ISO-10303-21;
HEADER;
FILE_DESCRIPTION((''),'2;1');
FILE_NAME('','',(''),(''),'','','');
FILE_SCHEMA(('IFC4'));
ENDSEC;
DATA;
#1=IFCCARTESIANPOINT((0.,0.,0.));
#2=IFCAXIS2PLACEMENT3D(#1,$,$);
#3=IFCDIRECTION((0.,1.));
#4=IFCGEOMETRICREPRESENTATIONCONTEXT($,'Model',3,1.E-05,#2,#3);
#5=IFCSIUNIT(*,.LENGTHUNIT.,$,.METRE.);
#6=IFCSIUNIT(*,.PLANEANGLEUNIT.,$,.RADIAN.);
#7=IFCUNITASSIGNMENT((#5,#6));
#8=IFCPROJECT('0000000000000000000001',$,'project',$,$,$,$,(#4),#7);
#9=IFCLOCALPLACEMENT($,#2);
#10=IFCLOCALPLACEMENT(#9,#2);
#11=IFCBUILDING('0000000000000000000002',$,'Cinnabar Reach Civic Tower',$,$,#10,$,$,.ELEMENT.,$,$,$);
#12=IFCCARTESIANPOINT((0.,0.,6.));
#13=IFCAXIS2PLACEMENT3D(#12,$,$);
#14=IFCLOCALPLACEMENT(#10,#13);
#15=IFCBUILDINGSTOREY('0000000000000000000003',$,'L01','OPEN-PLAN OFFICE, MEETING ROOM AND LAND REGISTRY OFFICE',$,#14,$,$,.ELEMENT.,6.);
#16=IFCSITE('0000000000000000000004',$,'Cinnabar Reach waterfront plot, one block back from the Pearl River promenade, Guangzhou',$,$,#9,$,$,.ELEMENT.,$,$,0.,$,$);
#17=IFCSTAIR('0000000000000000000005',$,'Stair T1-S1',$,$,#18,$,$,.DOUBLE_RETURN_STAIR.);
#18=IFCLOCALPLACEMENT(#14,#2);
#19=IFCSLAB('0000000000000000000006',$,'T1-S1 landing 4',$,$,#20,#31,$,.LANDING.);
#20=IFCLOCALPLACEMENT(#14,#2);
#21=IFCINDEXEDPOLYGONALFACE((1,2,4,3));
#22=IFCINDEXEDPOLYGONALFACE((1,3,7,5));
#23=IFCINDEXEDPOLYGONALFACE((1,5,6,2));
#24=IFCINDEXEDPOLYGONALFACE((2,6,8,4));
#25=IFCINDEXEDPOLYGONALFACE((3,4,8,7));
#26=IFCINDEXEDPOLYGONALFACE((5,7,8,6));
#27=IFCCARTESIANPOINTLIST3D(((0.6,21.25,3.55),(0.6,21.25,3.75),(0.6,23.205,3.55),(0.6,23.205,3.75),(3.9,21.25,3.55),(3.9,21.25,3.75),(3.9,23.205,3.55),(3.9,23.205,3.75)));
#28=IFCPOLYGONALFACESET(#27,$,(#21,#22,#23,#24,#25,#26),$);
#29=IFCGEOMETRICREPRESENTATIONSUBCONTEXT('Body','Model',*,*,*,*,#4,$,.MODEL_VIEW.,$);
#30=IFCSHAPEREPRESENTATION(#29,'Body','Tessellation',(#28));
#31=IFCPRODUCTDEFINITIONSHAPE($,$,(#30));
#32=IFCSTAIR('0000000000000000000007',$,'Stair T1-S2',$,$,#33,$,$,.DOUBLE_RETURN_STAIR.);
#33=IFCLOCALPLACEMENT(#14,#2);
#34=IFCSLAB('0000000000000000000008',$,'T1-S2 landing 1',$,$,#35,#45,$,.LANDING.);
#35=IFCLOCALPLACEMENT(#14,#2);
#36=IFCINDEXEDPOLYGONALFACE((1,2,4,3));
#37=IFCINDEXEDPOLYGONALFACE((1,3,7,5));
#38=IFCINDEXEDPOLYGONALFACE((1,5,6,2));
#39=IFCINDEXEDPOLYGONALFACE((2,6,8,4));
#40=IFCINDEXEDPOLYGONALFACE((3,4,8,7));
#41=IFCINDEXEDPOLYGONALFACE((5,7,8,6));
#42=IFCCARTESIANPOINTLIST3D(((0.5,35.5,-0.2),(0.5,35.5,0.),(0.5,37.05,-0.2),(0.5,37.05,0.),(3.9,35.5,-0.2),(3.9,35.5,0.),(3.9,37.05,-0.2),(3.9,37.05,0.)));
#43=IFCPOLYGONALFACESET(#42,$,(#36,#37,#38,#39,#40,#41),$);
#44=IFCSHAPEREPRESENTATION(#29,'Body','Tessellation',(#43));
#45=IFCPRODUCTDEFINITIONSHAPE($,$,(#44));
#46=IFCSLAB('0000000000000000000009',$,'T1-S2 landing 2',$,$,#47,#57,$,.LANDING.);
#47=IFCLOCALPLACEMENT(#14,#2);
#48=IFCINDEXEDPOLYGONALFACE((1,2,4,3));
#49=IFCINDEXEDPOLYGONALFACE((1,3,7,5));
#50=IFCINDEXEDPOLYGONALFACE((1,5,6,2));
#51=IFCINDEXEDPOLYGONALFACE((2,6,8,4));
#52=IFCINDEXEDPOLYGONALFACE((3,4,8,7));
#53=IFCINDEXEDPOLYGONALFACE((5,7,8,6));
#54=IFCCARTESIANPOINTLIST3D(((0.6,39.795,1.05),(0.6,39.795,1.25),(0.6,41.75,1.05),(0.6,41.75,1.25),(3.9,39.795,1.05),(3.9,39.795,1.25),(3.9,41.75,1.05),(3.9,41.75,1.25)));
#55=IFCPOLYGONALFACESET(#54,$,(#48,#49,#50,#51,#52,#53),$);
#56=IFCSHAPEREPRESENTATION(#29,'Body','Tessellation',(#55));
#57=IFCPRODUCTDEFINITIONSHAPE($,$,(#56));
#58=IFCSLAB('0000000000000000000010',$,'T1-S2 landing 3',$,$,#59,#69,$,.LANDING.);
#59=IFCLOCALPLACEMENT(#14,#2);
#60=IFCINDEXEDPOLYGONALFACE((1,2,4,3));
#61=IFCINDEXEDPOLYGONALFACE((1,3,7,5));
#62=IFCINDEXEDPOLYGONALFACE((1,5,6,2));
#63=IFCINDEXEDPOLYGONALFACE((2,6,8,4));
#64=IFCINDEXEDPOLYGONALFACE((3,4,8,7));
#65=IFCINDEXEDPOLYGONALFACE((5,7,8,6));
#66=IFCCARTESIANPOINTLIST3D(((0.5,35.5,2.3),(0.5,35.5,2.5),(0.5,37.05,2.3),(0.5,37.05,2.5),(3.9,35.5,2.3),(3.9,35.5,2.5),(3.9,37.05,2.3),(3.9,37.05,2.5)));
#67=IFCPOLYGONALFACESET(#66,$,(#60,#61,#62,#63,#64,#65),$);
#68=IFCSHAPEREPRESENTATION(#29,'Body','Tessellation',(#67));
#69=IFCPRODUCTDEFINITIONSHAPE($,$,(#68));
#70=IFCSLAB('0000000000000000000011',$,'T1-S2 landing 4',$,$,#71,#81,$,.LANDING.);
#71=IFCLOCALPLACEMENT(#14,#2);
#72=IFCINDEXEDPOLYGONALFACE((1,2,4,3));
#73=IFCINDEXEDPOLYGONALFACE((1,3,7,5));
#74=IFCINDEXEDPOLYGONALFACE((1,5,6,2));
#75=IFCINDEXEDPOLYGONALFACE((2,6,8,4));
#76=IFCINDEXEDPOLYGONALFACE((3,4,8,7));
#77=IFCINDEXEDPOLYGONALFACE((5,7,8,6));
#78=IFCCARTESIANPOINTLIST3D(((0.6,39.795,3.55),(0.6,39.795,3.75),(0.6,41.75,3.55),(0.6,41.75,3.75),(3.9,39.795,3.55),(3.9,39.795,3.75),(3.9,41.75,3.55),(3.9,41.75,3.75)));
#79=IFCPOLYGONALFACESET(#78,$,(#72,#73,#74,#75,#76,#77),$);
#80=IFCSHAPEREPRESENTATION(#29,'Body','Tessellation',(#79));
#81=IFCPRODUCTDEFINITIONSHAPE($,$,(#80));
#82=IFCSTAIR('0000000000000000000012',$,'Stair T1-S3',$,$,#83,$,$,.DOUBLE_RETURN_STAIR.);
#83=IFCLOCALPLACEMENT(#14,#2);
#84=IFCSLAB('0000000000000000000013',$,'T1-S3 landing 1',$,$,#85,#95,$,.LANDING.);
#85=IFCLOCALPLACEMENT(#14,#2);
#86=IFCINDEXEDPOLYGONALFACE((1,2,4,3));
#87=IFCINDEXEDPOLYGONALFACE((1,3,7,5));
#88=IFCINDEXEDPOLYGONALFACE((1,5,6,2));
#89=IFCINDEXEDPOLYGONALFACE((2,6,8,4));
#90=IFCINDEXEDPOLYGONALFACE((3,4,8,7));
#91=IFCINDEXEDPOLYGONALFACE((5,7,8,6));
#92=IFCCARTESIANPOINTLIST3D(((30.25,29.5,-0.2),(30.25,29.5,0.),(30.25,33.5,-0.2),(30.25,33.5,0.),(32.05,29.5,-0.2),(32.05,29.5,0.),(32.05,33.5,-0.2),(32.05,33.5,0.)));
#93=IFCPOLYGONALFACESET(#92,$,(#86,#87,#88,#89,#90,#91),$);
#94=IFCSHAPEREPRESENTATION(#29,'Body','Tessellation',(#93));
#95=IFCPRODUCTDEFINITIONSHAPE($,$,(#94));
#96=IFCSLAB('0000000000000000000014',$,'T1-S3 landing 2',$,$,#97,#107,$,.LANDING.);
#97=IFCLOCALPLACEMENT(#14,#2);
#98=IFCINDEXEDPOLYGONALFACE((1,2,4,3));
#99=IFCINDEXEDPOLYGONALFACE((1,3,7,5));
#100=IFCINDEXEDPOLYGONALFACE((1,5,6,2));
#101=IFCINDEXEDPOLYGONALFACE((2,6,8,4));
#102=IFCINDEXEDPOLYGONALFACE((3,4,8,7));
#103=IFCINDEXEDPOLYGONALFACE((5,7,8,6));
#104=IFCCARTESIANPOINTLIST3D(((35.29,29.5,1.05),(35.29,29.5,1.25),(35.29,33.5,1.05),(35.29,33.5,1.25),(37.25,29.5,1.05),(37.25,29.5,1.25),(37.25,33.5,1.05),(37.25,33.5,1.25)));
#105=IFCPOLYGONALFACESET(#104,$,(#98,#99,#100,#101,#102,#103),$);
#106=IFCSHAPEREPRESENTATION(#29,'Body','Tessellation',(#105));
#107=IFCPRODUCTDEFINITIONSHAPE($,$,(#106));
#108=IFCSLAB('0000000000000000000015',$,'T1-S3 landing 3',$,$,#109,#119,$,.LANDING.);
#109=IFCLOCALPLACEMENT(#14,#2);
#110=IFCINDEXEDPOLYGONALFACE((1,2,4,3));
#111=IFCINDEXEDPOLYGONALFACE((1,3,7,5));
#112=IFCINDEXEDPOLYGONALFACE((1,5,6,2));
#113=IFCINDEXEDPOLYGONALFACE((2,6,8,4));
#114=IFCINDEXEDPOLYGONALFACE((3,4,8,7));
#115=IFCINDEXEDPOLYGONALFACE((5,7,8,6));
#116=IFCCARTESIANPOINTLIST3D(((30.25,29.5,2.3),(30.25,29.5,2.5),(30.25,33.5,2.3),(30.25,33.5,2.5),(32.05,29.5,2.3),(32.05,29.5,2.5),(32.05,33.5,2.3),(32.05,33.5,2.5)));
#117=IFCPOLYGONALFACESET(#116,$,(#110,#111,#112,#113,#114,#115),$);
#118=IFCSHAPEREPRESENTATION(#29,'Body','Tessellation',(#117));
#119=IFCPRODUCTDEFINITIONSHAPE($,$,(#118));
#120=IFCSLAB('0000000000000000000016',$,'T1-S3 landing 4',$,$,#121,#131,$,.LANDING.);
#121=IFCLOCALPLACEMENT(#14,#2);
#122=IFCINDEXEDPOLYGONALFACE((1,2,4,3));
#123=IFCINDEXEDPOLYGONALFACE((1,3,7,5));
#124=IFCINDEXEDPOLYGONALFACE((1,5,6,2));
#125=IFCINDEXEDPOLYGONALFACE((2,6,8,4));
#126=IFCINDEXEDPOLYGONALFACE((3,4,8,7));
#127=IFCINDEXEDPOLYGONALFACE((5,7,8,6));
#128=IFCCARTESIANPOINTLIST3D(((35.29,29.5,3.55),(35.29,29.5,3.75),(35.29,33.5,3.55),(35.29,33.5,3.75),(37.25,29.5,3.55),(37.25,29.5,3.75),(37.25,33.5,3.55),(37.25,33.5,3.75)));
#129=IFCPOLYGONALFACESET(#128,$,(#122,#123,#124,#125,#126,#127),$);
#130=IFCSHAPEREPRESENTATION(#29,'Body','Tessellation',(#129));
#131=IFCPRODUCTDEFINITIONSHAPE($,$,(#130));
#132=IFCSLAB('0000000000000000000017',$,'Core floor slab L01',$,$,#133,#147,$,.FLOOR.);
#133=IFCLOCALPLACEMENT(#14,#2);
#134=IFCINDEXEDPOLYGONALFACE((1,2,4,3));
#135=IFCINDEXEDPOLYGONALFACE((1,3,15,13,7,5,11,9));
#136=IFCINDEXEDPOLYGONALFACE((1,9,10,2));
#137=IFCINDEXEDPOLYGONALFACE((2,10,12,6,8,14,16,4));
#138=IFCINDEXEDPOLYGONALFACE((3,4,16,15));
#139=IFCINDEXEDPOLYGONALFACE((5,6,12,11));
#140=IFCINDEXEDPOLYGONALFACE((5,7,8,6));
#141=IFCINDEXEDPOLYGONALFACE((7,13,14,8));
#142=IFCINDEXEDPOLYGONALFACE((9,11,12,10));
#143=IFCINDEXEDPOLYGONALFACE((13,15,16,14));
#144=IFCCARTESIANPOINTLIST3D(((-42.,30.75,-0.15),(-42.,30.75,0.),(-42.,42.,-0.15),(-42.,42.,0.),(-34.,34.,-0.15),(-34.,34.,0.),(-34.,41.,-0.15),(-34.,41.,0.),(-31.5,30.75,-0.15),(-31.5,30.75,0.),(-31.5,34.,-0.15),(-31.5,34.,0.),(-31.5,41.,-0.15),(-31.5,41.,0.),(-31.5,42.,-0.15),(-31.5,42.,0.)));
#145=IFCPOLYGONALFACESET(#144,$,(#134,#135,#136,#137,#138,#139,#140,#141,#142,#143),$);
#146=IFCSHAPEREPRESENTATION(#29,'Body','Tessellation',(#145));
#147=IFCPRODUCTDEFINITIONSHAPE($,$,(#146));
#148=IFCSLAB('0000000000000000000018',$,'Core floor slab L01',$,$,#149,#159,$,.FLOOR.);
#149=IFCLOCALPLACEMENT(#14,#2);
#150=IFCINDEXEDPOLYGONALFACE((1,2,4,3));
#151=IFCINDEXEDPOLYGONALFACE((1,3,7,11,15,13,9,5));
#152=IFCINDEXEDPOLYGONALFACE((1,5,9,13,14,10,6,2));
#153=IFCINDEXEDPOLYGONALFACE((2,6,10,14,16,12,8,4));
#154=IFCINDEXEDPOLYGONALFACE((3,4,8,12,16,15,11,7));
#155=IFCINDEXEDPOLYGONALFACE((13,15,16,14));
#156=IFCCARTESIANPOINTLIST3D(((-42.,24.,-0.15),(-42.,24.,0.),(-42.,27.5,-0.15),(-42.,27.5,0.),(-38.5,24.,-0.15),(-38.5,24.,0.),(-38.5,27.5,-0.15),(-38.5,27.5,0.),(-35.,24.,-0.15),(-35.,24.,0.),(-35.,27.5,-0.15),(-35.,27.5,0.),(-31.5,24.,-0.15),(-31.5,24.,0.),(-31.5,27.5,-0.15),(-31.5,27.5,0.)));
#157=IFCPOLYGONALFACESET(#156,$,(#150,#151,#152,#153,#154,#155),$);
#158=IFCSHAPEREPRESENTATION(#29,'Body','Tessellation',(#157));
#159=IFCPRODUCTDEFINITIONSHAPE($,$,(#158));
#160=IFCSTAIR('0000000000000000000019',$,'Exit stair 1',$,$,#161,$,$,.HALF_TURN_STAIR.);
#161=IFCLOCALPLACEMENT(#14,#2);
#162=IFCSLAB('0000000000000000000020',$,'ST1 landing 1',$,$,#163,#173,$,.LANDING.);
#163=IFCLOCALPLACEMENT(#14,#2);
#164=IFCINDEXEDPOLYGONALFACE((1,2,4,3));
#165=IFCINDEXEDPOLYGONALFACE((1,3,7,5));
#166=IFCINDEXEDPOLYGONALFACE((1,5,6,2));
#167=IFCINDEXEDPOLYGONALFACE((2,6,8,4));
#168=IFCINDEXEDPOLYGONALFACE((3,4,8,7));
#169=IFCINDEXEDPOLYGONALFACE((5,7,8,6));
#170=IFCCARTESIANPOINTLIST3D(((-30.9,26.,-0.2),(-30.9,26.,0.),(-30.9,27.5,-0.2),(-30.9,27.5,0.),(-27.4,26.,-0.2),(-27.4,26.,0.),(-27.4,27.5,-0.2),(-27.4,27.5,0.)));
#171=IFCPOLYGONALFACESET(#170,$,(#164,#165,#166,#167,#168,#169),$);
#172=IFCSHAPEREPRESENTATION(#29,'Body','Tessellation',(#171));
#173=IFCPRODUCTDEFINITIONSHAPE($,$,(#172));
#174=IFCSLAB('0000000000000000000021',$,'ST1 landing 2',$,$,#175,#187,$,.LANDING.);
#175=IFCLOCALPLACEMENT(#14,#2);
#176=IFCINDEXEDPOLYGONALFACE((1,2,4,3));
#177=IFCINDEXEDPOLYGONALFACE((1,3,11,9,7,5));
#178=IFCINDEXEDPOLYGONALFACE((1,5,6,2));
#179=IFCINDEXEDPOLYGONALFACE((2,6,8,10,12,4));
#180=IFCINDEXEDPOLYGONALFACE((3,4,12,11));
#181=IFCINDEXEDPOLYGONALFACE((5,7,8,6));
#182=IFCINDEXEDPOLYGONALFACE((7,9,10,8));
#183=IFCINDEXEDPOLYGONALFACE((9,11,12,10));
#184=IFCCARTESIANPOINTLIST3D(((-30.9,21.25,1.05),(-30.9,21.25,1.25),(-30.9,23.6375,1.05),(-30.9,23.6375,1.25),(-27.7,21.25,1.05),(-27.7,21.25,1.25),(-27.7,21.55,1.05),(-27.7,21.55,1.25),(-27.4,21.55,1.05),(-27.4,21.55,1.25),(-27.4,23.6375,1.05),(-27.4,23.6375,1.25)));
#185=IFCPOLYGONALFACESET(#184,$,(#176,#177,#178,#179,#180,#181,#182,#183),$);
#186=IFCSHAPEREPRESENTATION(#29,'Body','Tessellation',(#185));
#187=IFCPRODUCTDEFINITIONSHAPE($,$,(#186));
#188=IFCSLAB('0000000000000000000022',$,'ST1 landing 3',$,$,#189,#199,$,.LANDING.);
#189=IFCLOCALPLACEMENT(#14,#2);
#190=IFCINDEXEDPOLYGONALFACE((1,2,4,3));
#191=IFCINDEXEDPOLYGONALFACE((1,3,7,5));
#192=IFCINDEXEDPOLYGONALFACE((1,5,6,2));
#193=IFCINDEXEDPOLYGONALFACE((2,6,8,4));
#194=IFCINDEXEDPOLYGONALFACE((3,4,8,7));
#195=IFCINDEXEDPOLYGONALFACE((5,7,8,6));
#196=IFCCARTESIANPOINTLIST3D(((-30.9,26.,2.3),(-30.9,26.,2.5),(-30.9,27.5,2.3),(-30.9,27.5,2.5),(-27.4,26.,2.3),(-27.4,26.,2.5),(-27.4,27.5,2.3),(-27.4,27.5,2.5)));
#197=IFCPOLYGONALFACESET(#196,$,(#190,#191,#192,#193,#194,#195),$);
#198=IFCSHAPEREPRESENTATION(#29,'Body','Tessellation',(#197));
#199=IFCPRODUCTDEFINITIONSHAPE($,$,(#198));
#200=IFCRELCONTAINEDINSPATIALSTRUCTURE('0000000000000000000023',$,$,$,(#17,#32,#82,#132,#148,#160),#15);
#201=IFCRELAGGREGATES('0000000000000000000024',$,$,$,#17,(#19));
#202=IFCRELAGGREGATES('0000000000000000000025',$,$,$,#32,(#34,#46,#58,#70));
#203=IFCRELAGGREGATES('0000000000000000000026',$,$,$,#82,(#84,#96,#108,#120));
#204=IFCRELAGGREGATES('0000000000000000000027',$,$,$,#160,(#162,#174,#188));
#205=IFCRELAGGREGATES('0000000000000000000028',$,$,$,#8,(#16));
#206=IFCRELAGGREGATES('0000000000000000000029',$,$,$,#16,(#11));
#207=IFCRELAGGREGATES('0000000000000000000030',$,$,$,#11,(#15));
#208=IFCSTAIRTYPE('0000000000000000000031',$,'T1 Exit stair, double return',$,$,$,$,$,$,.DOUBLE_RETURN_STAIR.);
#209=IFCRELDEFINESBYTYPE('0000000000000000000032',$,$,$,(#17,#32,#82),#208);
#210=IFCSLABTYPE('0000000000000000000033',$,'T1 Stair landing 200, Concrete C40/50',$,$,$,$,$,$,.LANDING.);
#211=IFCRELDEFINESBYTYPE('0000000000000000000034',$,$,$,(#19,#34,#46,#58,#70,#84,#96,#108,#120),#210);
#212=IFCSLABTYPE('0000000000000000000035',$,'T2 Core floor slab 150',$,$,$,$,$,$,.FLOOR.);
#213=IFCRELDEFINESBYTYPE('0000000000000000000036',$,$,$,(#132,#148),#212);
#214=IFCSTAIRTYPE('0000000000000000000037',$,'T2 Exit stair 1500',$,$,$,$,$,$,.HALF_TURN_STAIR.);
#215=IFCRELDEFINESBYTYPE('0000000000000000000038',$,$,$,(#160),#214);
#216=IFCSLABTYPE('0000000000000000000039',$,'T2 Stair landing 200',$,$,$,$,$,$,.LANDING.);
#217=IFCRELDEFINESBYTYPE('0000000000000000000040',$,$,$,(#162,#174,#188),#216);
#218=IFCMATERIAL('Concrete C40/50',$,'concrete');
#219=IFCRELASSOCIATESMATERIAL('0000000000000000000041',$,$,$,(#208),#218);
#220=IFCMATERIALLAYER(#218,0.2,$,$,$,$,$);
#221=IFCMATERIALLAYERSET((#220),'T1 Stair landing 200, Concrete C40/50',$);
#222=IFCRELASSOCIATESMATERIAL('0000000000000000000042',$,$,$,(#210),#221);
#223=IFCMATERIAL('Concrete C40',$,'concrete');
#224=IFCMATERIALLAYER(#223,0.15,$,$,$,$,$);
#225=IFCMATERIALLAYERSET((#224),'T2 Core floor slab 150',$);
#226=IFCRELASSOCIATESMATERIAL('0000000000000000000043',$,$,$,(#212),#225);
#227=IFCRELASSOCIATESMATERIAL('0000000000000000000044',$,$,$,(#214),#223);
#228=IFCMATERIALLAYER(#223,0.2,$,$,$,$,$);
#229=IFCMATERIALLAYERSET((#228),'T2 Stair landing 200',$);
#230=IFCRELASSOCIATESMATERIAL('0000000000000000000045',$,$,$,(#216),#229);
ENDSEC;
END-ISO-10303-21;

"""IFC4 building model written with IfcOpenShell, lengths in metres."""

from ifc_helpers import new_model, si_unit, direction, frame, origin, place, context, subcontext, project, spatial, polyline, outline, extrude, material, layer, layer_set, type_object, element, aggregate, save


model = new_model("IFC4")

# Units and contexts
model_context = context("Model", 3, precision=1e-05, world=origin(), true_north=direction((0.0, 1.0)))
body_context = subcontext(model_context, "Body", "Model", "MODEL_VIEW")
ifc_project = project(units=[si_unit("LENGTHUNIT", "METRE"), si_unit("PLANEANGLEUNIT", "RADIAN")], contexts=[model_context])

# Site, building, storey
site_placement = place(None, origin())
site = spatial("IfcSite", under=ifc_project, at=site_placement, Name="Cinnabar Reach waterfront plot, one block back from the Pearl River promenade, Guangzhou", CompositionType="ELEMENT", RefElevation=0.0)
building_placement = place(site_placement, origin())
building = spatial("IfcBuilding", under=site, at=building_placement, Name="Cinnabar Reach Civic Tower", CompositionType="ELEMENT")
storey_placement = place(building_placement, frame((0.0, 0.0, 6.0)))
storey = spatial("IfcBuildingStorey", under=building, at=storey_placement, Name="L01", Description="OPEN-PLAN OFFICE, MEETING ROOM AND LAND REGISTRY OFFICE", CompositionType="ELEMENT", Elevation=6.0)

# Stair, slab
ifc_material_1 = material(Name="Concrete C40/50", Category="concrete")
stair_type_1 = type_object("IfcStairType", Name="T1 Exit stair, double return", PredefinedType="DOUBLE_RETURN_STAIR", material=ifc_material_1)
stair_1_placement = place(storey_placement, origin())
stair_1 = element("IfcStair", 1, at=stair_1_placement, inside=storey, type_object=stair_type_1, Name="Stair T1-S1", PredefinedType="DOUBLE_RETURN_STAIR")
ifc_layer_1 = layer(ifc_material_1, 0.2)
ifc_layer_set_1 = layer_set([ifc_layer_1], Name="T1 Stair landing 200, Concrete C40/50")
slab_type_1 = type_object("IfcSlabType", Name="T1 Stair landing 200, Concrete C40/50", PredefinedType="LANDING", material=ifc_layer_set_1)
slab_1_placement = place(storey_placement, frame((0.0, 0.0, 3.55)))
slab_1 = element("IfcSlab", 2, at=slab_1_placement, type_object=slab_type_1, Name="T1-S1 landing 4", PredefinedType="LANDING", context=body_context, shape_type="SweptSolid", body=[
    extrude(outline(polyline([(3.9, 21.25), (3.9, 23.205), (0.6, 23.205), (0.6, 21.25), (3.9, 21.25)])), origin(), (0.0, 0.0, 1.0), 0.2),
])
aggregate(stair_1, [slab_1])

# Stairs, slabs
stair_2_placement = place(storey_placement, origin())
stair_2 = element("IfcStair", 3, at=stair_2_placement, inside=storey, type_object=stair_type_1, Name="Stair T1-S2", PredefinedType="DOUBLE_RETURN_STAIR")
slab_2_placement = place(storey_placement, frame((0.0, 0.0, -0.2)))
slab_2 = element("IfcSlab", 4, at=slab_2_placement, type_object=slab_type_1, Name="T1-S2 landing 1", PredefinedType="LANDING", context=body_context, shape_type="SweptSolid", body=[
    extrude(outline(polyline([(3.9, 35.5), (3.9, 37.05), (0.5, 37.05), (0.5, 35.5), (3.9, 35.5)])), origin(), (0.0, 0.0, 1.0), 0.2),
])
slab_3_placement = place(storey_placement, frame((0.0, 0.0, 1.05)))
slab_3 = element("IfcSlab", 5, at=slab_3_placement, type_object=slab_type_1, Name="T1-S2 landing 2", PredefinedType="LANDING", context=body_context, shape_type="SweptSolid", body=[
    extrude(outline(polyline([(3.9, 39.795), (3.9, 41.75), (0.6, 41.75), (0.6, 39.795), (3.9, 39.795)])), origin(), (0.0, 0.0, 1.0), 0.2),
])
slab_4_placement = place(storey_placement, frame((0.0, 0.0, 2.3)))
slab_4 = element("IfcSlab", 6, at=slab_4_placement, type_object=slab_type_1, Name="T1-S2 landing 3", PredefinedType="LANDING", context=body_context, shape_type="SweptSolid", body=[
    extrude(outline(polyline([(3.9, 35.5), (3.9, 37.05), (0.5, 37.05), (0.5, 35.5), (3.9, 35.5)])), origin(), (0.0, 0.0, 1.0), 0.2),
])
slab_5_placement = place(storey_placement, frame((0.0, 0.0, 3.55)))
slab_5 = element("IfcSlab", 7, at=slab_5_placement, type_object=slab_type_1, Name="T1-S2 landing 4", PredefinedType="LANDING", context=body_context, shape_type="SweptSolid", body=[
    extrude(outline(polyline([(3.9, 39.795), (3.9, 41.75), (0.6, 41.75), (0.6, 39.795), (3.9, 39.795)])), origin(), (0.0, 0.0, 1.0), 0.2),
])
aggregate(stair_2, [slab_2, slab_3, slab_4, slab_5])
stair_3_placement = place(storey_placement, origin())
stair_3 = element("IfcStair", 8, at=stair_3_placement, inside=storey, type_object=stair_type_1, Name="Stair T1-S3", PredefinedType="DOUBLE_RETURN_STAIR")
slab_6_placement = place(storey_placement, frame((0.0, 0.0, -0.2)))
slab_6 = element("IfcSlab", 9, at=slab_6_placement, type_object=slab_type_1, Name="T1-S3 landing 1", PredefinedType="LANDING", context=body_context, shape_type="SweptSolid", body=[
    extrude(outline(polyline([(30.25, 29.5), (32.05, 29.5), (32.05, 33.5), (30.25, 33.5), (30.25, 29.5)])), origin(), (0.0, 0.0, 1.0), 0.2),
])
slab_7_placement = place(storey_placement, frame((0.0, 0.0, 1.05)))
slab_7 = element("IfcSlab", 10, at=slab_7_placement, type_object=slab_type_1, Name="T1-S3 landing 2", PredefinedType="LANDING", context=body_context, shape_type="SweptSolid", body=[
    extrude(outline(polyline([(35.29, 29.5), (37.25, 29.5), (37.25, 33.5), (35.29, 33.5), (35.29, 29.5)])), origin(), (0.0, 0.0, 1.0), 0.2),
])
slab_8_placement = place(storey_placement, frame((0.0, 0.0, 2.3)))
slab_8 = element("IfcSlab", 11, at=slab_8_placement, type_object=slab_type_1, Name="T1-S3 landing 3", PredefinedType="LANDING", context=body_context, shape_type="SweptSolid", body=[
    extrude(outline(polyline([(30.25, 29.5), (32.05, 29.5), (32.05, 33.5), (30.25, 33.5), (30.25, 29.5)])), origin(), (0.0, 0.0, 1.0), 0.2),
])
slab_9_placement = place(storey_placement, frame((0.0, 0.0, 3.55)))
slab_9 = element("IfcSlab", 12, at=slab_9_placement, type_object=slab_type_1, Name="T1-S3 landing 4", PredefinedType="LANDING", context=body_context, shape_type="SweptSolid", body=[
    extrude(outline(polyline([(35.29, 29.5), (37.25, 29.5), (37.25, 33.5), (35.29, 33.5), (35.29, 29.5)])), origin(), (0.0, 0.0, 1.0), 0.2),
])
aggregate(stair_3, [slab_6, slab_7, slab_8, slab_9])

# Slabs
ifc_material_2 = material(Name="Concrete C40", Category="concrete")
ifc_layer_2 = layer(ifc_material_2, 0.15)
ifc_layer_set_2 = layer_set([ifc_layer_2], Name="T2 Core floor slab 150")
slab_type_2 = type_object("IfcSlabType", Name="T2 Core floor slab 150", PredefinedType="FLOOR", material=ifc_layer_set_2)
slab_10_placement = place(storey_placement, frame((0.0, 0.0, -0.15)))
element("IfcSlab", 13, at=slab_10_placement, inside=storey, type_object=slab_type_2, Name="Core floor slab L01", PredefinedType="FLOOR", context=body_context, shape_type="SweptSolid", body=[
    extrude(outline(polyline([(-42.0, 42.0), (-31.5, 42.0), (-31.5, 41.0), (-34.0, 41.0), (-34.0, 34.0), (-31.5, 34.0), (-31.5, 30.75), (-42.0, 30.75), (-42.0, 42.0)])), origin(), (0.0, 0.0, 1.0), 0.15),
])
slab_11_placement = place(storey_placement, frame((0.0, 0.0, -0.15)))
element("IfcSlab", 14, at=slab_11_placement, inside=storey, type_object=slab_type_2, Name="Core floor slab L01", PredefinedType="FLOOR", context=body_context, shape_type="SweptSolid", body=[
    extrude(outline(polyline([(-35.0, 24.0), (-38.5, 24.0), (-42.0, 24.0), (-42.0, 27.5), (-38.5, 27.5), (-35.0, 27.5), (-31.5, 27.5), (-31.5, 24.0), (-35.0, 24.0)])), origin(), (0.0, 0.0, 1.0), 0.15),
])

# Stair, slabs
stair_type_2 = type_object("IfcStairType", Name="T2 Exit stair 1500", PredefinedType="HALF_TURN_STAIR", material=ifc_material_2)
stair_4_placement = place(storey_placement, origin())
stair_4 = element("IfcStair", 15, at=stair_4_placement, inside=storey, type_object=stair_type_2, Name="Exit stair 1", PredefinedType="HALF_TURN_STAIR")
ifc_layer_3 = layer(ifc_material_2, 0.2)
ifc_layer_set_3 = layer_set([ifc_layer_3], Name="T2 Stair landing 200")
slab_type_3 = type_object("IfcSlabType", Name="T2 Stair landing 200", PredefinedType="LANDING", material=ifc_layer_set_3)
slab_12_placement = place(storey_placement, frame((0.0, 0.0, -0.2)))
slab_12 = element("IfcSlab", 16, at=slab_12_placement, type_object=slab_type_3, Name="ST1 landing 1", PredefinedType="LANDING", context=body_context, shape_type="SweptSolid", body=[
    extrude(outline(polyline([(-30.9, 26.0), (-30.9, 27.5), (-27.4, 27.5), (-27.4, 26.0), (-30.9, 26.0)])), origin(), (0.0, 0.0, 1.0), 0.2),
])
slab_13_placement = place(storey_placement, frame((0.0, 0.0, 1.05)))
slab_13 = element("IfcSlab", 17, at=slab_13_placement, type_object=slab_type_3, Name="ST1 landing 2", PredefinedType="LANDING", context=body_context, shape_type="SweptSolid", body=[
    extrude(outline(polyline([(-30.9, 21.25), (-30.9, 23.6375), (-27.4, 23.6375), (-27.4, 21.55), (-27.7, 21.55), (-27.7, 21.25), (-30.9, 21.25)])), origin(), (0.0, 0.0, 1.0), 0.2),
])
slab_14_placement = place(storey_placement, frame((0.0, 0.0, 2.3)))
slab_14 = element("IfcSlab", 18, at=slab_14_placement, type_object=slab_type_3, Name="ST1 landing 3", PredefinedType="LANDING", context=body_context, shape_type="SweptSolid", body=[
    extrude(outline(polyline([(-30.9, 26.0), (-30.9, 27.5), (-27.4, 27.5), (-27.4, 26.0), (-30.9, 26.0)])), origin(), (0.0, 0.0, 1.0), 0.2),
])
aggregate(stair_4, [slab_12, slab_13, slab_14])

save(model, "model.ifc")
